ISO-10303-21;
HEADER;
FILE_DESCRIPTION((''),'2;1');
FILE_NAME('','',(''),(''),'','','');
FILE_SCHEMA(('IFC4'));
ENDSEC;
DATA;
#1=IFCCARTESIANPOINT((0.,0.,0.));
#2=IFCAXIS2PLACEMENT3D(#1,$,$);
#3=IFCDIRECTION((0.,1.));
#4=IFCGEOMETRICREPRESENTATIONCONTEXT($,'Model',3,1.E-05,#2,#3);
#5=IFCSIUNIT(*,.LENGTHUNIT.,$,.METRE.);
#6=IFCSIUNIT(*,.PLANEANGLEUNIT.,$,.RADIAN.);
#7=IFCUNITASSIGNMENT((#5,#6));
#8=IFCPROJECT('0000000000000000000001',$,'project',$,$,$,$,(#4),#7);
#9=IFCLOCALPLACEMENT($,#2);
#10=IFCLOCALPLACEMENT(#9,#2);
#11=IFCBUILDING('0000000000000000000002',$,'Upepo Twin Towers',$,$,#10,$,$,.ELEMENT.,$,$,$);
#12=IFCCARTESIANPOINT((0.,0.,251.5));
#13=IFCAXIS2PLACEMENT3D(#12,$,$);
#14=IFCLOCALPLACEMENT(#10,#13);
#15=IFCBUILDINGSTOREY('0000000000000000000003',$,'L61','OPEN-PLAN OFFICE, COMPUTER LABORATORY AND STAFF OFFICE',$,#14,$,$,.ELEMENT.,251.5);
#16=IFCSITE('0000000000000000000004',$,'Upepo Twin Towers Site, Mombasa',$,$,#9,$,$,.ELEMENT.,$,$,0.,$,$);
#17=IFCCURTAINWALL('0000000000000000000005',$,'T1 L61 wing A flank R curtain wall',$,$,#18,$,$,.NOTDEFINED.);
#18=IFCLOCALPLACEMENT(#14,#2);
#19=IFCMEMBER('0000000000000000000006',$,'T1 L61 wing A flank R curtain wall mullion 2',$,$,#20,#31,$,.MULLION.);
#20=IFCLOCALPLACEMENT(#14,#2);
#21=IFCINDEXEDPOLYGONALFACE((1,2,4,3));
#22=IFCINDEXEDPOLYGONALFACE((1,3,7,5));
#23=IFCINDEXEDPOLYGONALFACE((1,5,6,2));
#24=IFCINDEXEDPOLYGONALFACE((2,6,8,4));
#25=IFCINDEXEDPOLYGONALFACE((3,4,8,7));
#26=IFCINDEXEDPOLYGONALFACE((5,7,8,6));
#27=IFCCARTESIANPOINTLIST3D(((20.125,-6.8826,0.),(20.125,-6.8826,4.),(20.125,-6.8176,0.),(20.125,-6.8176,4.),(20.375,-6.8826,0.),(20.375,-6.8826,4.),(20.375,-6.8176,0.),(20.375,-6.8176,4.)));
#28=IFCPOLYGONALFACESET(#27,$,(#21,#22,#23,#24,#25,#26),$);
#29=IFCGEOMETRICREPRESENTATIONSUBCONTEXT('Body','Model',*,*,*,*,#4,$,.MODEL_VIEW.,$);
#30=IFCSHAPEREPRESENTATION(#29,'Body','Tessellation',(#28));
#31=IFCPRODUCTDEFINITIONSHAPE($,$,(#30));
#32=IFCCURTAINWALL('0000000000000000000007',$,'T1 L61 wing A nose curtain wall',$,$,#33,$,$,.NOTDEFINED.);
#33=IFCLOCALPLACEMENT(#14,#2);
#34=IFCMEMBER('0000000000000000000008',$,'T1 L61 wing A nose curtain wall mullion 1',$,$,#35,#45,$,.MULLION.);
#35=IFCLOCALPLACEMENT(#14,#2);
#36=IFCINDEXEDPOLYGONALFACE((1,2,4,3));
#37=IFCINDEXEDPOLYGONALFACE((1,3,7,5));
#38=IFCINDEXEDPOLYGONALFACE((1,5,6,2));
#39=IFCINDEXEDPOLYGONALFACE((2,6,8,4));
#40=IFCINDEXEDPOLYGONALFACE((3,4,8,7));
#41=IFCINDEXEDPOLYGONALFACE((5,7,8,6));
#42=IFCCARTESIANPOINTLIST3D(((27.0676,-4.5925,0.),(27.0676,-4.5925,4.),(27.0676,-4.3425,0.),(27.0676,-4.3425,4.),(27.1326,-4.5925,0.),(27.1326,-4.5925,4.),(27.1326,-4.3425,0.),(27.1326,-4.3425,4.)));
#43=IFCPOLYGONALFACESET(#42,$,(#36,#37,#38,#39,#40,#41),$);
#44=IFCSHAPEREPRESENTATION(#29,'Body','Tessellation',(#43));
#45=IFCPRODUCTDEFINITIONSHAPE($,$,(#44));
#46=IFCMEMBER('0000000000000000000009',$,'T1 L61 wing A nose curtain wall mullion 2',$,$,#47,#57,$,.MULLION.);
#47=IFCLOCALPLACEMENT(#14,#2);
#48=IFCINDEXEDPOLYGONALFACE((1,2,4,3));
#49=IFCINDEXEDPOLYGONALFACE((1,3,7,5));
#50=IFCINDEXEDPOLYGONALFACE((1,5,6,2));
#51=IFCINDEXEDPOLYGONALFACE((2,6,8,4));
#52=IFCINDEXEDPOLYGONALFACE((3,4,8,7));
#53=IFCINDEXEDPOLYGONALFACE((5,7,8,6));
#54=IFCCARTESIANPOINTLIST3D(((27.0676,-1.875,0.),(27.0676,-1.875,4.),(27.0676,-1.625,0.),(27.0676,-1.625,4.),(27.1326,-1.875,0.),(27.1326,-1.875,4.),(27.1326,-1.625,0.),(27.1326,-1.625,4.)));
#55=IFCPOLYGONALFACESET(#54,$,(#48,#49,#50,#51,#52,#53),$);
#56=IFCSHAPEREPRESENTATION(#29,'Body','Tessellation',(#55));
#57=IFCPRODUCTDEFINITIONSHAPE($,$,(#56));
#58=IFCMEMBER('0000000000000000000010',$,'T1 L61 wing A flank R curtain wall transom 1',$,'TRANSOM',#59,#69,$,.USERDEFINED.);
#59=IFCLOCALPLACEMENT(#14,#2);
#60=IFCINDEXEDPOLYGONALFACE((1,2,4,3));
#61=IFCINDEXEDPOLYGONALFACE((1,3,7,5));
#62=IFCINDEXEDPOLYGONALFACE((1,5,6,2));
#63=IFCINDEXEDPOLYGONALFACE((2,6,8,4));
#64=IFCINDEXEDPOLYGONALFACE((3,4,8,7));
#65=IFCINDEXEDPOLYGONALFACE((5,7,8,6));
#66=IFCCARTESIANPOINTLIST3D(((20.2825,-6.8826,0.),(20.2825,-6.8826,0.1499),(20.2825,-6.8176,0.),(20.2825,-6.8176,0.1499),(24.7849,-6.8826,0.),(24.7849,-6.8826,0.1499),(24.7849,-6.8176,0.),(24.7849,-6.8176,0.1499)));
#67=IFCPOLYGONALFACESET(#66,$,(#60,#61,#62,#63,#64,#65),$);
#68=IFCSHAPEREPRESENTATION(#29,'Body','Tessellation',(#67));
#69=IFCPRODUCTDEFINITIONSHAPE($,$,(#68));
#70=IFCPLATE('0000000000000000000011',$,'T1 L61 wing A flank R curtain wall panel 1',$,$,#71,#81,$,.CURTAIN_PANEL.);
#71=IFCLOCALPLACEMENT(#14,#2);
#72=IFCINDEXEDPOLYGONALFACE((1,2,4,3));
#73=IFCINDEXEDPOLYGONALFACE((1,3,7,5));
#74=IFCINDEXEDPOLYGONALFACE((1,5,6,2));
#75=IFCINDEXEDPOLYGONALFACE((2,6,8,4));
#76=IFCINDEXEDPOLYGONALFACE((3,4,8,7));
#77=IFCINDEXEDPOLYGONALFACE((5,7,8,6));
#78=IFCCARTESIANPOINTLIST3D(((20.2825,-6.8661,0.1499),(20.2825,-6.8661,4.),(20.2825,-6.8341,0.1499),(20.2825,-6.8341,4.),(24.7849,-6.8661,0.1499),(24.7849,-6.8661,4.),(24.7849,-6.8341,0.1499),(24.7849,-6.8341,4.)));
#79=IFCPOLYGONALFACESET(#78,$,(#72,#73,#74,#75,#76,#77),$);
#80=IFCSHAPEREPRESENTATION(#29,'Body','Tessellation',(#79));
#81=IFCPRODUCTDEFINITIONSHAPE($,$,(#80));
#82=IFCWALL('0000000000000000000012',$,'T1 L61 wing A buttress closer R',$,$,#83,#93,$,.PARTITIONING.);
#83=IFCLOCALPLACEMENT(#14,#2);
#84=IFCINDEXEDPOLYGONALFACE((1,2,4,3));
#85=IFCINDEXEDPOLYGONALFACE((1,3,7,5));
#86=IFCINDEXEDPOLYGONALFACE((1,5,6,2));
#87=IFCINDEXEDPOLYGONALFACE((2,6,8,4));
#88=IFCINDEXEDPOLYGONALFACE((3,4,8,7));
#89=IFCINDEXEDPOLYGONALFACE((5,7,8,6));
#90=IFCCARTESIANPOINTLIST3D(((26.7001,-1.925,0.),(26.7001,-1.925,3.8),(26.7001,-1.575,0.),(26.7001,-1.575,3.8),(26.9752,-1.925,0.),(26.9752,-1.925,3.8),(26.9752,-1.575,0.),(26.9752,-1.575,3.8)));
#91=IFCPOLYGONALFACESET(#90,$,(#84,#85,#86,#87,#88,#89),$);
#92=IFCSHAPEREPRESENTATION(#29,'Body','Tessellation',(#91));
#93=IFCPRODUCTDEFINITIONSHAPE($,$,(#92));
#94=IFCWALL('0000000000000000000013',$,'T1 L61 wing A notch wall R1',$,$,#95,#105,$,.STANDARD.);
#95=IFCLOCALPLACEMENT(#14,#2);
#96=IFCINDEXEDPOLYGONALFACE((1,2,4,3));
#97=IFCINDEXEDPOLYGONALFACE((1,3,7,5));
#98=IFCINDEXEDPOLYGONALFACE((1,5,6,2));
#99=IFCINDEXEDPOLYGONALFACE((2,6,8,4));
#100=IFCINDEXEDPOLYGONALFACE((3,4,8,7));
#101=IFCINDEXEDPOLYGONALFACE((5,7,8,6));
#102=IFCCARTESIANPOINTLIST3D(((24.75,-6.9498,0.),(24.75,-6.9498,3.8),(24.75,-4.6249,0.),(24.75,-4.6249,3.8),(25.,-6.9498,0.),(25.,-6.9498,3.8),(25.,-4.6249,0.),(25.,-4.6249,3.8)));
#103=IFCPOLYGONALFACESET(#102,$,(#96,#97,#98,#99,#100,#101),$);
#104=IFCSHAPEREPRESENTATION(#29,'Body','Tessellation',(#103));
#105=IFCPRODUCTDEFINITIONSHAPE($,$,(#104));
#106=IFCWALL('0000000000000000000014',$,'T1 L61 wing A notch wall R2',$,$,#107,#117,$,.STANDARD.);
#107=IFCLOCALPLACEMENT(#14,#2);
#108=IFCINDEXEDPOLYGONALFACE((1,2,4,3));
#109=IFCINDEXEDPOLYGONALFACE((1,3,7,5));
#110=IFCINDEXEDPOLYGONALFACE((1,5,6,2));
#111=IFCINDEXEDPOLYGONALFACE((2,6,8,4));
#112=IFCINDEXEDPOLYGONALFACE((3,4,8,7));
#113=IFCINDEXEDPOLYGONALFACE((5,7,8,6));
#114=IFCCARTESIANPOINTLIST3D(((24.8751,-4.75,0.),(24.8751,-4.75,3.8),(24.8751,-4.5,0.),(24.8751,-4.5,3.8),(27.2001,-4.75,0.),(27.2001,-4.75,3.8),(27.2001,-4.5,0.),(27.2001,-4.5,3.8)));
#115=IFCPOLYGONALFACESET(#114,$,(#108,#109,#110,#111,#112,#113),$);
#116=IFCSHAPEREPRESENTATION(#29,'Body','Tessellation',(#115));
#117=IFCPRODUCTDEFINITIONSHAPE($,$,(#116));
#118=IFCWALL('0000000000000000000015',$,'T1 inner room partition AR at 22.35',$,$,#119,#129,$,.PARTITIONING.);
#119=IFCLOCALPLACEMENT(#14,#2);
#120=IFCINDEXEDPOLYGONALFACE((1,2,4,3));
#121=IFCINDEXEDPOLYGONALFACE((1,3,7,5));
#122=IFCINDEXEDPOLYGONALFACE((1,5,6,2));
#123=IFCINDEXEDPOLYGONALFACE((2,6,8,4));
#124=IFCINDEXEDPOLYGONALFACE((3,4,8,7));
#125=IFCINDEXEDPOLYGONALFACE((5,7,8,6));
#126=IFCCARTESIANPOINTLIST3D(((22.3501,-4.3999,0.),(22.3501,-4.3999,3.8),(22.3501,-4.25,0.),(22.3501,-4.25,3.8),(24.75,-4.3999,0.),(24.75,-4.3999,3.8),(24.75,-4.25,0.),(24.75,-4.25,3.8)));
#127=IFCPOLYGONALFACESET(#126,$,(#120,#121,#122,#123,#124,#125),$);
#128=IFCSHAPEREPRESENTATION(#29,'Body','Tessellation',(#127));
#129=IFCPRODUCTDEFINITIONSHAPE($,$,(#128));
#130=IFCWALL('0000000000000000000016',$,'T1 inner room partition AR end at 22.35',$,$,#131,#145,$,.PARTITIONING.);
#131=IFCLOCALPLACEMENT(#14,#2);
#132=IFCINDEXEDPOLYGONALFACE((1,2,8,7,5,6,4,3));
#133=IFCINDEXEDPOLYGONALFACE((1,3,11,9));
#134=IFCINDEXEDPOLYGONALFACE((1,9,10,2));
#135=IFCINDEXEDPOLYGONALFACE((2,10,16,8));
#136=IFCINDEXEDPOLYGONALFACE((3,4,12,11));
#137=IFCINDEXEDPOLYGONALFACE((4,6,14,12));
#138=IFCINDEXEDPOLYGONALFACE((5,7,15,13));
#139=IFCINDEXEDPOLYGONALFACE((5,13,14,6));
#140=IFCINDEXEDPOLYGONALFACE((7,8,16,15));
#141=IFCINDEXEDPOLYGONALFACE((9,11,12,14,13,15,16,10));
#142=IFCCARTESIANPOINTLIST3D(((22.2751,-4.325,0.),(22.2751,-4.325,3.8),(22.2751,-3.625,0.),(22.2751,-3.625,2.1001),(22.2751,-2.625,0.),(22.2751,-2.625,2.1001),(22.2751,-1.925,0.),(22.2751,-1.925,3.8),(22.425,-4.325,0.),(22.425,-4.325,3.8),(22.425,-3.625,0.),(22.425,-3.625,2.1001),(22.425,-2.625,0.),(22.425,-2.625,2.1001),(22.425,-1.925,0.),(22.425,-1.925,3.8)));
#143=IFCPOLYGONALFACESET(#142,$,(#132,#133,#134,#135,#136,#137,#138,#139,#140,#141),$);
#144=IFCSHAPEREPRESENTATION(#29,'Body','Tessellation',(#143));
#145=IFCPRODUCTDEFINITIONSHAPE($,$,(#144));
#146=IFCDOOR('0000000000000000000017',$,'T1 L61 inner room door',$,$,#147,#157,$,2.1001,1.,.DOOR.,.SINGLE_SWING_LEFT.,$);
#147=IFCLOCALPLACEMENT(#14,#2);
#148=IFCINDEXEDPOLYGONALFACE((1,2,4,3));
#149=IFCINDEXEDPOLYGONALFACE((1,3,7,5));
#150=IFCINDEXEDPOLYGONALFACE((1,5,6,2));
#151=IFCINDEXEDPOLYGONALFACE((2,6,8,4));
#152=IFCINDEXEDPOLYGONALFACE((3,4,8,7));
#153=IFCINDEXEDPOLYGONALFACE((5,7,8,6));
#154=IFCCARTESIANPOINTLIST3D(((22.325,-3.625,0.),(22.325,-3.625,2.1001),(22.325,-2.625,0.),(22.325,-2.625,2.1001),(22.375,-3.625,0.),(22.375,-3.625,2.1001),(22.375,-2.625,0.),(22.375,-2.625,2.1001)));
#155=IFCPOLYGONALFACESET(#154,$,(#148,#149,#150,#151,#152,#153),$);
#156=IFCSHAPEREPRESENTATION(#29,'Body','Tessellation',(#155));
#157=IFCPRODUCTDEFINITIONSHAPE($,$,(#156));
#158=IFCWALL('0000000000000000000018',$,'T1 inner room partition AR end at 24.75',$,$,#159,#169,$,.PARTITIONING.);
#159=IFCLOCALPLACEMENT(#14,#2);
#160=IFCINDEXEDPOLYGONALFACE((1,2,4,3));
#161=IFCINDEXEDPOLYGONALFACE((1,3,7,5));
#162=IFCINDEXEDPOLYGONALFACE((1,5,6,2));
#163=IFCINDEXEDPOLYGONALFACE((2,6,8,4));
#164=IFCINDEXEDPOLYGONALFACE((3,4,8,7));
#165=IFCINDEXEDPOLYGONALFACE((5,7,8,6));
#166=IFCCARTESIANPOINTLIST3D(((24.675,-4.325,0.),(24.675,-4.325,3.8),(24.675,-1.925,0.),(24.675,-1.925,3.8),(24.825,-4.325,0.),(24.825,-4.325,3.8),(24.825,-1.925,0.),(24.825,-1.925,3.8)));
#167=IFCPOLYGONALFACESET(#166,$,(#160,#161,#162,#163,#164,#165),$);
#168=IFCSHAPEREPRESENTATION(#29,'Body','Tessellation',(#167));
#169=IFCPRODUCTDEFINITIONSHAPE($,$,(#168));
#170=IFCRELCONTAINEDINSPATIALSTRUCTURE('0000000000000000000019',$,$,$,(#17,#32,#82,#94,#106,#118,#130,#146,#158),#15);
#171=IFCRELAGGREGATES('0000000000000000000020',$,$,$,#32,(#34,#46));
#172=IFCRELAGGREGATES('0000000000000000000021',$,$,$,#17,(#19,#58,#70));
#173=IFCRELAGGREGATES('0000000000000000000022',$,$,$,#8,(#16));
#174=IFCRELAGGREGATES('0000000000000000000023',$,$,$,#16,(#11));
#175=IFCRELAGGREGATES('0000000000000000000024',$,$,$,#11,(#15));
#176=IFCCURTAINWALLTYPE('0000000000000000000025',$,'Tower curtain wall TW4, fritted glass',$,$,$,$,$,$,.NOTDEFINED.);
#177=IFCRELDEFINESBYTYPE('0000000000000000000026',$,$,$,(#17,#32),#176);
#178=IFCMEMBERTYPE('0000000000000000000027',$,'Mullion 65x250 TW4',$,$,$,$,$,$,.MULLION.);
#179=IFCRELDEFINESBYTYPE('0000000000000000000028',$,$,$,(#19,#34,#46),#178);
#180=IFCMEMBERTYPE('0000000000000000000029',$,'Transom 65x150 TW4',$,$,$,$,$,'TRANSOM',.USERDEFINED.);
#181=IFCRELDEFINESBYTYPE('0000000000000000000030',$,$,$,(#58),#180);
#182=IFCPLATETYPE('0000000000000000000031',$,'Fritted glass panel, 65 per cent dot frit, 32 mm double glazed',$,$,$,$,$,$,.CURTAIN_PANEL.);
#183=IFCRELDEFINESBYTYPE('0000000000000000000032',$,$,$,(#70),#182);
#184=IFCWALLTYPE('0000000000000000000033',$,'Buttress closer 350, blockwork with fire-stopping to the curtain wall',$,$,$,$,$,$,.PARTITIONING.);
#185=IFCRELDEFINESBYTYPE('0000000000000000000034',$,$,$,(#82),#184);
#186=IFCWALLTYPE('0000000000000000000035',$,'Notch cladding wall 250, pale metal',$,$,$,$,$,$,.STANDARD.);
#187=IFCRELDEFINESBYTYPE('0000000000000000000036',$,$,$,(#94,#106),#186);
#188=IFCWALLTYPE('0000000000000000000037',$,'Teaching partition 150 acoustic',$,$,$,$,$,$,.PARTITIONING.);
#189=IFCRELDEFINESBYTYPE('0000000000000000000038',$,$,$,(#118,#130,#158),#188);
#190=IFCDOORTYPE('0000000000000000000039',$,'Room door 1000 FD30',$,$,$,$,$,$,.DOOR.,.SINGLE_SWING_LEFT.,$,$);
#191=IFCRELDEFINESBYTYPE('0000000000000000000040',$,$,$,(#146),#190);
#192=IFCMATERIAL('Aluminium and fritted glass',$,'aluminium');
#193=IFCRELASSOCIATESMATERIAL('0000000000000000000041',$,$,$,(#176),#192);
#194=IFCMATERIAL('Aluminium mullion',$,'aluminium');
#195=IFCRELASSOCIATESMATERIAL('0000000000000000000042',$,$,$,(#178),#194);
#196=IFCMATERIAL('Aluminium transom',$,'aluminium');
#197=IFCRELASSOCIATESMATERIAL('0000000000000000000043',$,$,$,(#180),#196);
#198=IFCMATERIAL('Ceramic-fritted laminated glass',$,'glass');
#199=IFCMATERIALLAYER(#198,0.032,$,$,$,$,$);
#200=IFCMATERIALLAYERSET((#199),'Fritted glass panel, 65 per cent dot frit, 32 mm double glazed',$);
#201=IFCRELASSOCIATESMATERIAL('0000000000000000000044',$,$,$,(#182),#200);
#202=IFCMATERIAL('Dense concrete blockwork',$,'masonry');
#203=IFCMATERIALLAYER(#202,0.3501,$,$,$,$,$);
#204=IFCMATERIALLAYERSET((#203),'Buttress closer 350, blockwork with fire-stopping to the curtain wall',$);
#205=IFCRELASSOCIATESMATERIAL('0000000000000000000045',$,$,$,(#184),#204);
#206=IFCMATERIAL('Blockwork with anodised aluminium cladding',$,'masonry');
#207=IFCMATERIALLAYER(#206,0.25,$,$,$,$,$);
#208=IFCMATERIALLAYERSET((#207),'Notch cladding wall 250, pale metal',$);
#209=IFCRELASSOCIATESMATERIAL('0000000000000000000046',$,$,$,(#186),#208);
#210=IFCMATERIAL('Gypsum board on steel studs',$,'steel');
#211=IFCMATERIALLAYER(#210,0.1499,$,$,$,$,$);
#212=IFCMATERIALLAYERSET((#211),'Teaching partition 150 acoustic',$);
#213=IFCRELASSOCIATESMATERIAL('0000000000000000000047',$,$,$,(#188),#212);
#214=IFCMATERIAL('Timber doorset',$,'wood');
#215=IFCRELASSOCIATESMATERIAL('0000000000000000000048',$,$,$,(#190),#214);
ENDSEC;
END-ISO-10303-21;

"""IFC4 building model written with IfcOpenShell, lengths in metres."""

from ifc_helpers import new_model, si_unit, direction, frame, frame_2d, origin, origin_2d, place, context, subcontext, project, spatial, rectangle, extrude, material, layer, layer_set, material_profile, profile_set, type_object, element, fill, aggregate, save


model = new_model("IFC4")

# Units and contexts
model_context = context("Model", 3, precision=1e-05, world=origin(), true_north=direction((0.0, 1.0)))
body_context = subcontext(model_context, "Body", "Model", "MODEL_VIEW")
ifc_project = project(units=[si_unit("LENGTHUNIT", "METRE"), si_unit("PLANEANGLEUNIT", "RADIAN")], contexts=[model_context])

# Site, building, storey
site_placement = place(None, origin())
site = spatial("IfcSite", under=ifc_project, at=site_placement, Name="Upepo Twin Towers Site, Mombasa", CompositionType="ELEMENT", RefElevation=0.0)
building_placement = place(site_placement, origin())
building = spatial("IfcBuilding", under=site, at=building_placement, Name="Upepo Twin Towers", CompositionType="ELEMENT")
storey_placement = place(building_placement, frame((0.0, 0.0, 251.5)))
storey = spatial("IfcBuildingStorey", under=building, at=storey_placement, Name="L61", Description="OPEN-PLAN OFFICE, COMPUTER LABORATORY AND STAFF OFFICE", CompositionType="ELEMENT", Elevation=251.5)

# Curtain walls, members
ifc_material_1 = material(Name="Aluminium and fritted glass", Category="aluminium")
curtain_wall_type = type_object("IfcCurtainWallType", Name="Tower curtain wall TW4, fritted glass", PredefinedType="NOTDEFINED", material=ifc_material_1)
curtain_wall_1_placement = place(storey_placement, origin())
curtain_wall_1 = element("IfcCurtainWall", 1, at=curtain_wall_1_placement, inside=storey, type_object=curtain_wall_type, Name="T1 L61 wing A flank R curtain wall", PredefinedType="NOTDEFINED")
ifc_material_2 = material(Name="Aluminium mullion", Category="aluminium")
ifc_material_profile_1 = material_profile(ifc_material_2, rectangle(XDim=0.0649, YDim=0.25, at=origin_2d()), Name="MULLION 65x250")
ifc_profile_set_1 = profile_set([ifc_material_profile_1], Name="Aluminium mullion")
member_type_1 = type_object("IfcMemberType", Name="Mullion 65x250 TW4", PredefinedType="MULLION", material=ifc_profile_set_1)
member_1_placement = place(storey_placement, frame((20.25, -6.8501, 0.0), z_axis=(0.0, 0.0, 1.0), x_axis=(0.0, -1.0, 0.0)))
member_1 = element("IfcMember", 2, at=member_1_placement, type_object=member_type_1, Name="T1 L61 wing A flank R curtain wall mullion 2", PredefinedType="MULLION", context=body_context, shape_type="SweptSolid", body=[
    extrude(rectangle(XDim=0.0649, YDim=0.25, at=origin_2d()), origin(), (0.0, 0.0, 1.0), 4.0),
])
curtain_wall_2_placement = place(storey_placement, origin())
curtain_wall_2 = element("IfcCurtainWall", 3, at=curtain_wall_2_placement, inside=storey, type_object=curtain_wall_type, Name="T1 L61 wing A nose curtain wall", PredefinedType="NOTDEFINED")
member_2_placement = place(storey_placement, frame((27.1001, -4.4675, 0.0), z_axis=(0.0, 0.0, 1.0), x_axis=(-1.0, 0.0, 0.0)))
member_2 = element("IfcMember", 4, at=member_2_placement, type_object=member_type_1, Name="T1 L61 wing A nose curtain wall mullion 1", PredefinedType="MULLION", context=body_context, shape_type="SweptSolid", body=[
    extrude(rectangle(XDim=0.0649, YDim=0.25, at=origin_2d()), origin(), (0.0, 0.0, 1.0), 4.0),
])
member_3_placement = place(storey_placement, frame((27.1001, -1.75, 0.0), z_axis=(0.0, 0.0, 1.0), x_axis=(-1.0, 0.0, 0.0)))
member_3 = element("IfcMember", 5, at=member_3_placement, type_object=member_type_1, Name="T1 L61 wing A nose curtain wall mullion 2", PredefinedType="MULLION", context=body_context, shape_type="SweptSolid", body=[
    extrude(rectangle(XDim=0.0649, YDim=0.25, at=origin_2d()), origin(), (0.0, 0.0, 1.0), 4.0),
])
aggregate(curtain_wall_2, [member_2, member_3])

# Member
ifc_material_3 = material(Name="Aluminium transom", Category="aluminium")
ifc_material_profile_2 = material_profile(ifc_material_3, rectangle(XDim=0.0649, YDim=0.1499, at=origin_2d()), Name="TRANSOM 65x150")
ifc_profile_set_2 = profile_set([ifc_material_profile_2], Name="Aluminium transom")
member_type_2 = type_object("IfcMemberType", Name="Transom 65x150 TW4", ElementType="TRANSOM", PredefinedType="USERDEFINED", material=ifc_profile_set_2)
member_4_placement = place(storey_placement, frame((24.7849, -6.8501, 0.075), z_axis=(-1.0, 0.0, 0.0), x_axis=(0.0, -1.0, 0.0)))
member_4 = element("IfcMember", 6, at=member_4_placement, type_object=member_type_2, Name="T1 L61 wing A flank R curtain wall transom 1", ObjectType="TRANSOM", PredefinedType="USERDEFINED", context=body_context, shape_type="SweptSolid", body=[
    extrude(rectangle(XDim=0.0649, YDim=0.1499, at=origin_2d()), origin(), (0.0, 0.0, 1.0), 4.5024),
])

# Plate
ifc_material_4 = material(Name="Ceramic-fritted laminated glass", Category="glass")
ifc_layer_1 = layer(ifc_material_4, 0.032)
ifc_layer_set_1 = layer_set([ifc_layer_1], Name="Fritted glass panel, 65 per cent dot frit, 32 mm double glazed")
plate_type = type_object("IfcPlateType", Name="Fritted glass panel, 65 per cent dot frit, 32 mm double glazed", PredefinedType="CURTAIN_PANEL", material=ifc_layer_set_1)
plate_placement = place(storey_placement, frame((22.5337, -6.8501, 0.1499), z_axis=(0.0, 0.0, 1.0), x_axis=(-1.0, 0.0, 0.0)))
plate = element("IfcPlate", 7, at=plate_placement, type_object=plate_type, Name="T1 L61 wing A flank R curtain wall panel 1", PredefinedType="CURTAIN_PANEL", context=body_context, shape_type="SweptSolid", body=[
    extrude(rectangle(XDim=4.5024, YDim=0.032, at=origin_2d()), origin(), (0.0, 0.0, 1.0), 3.8501),
])
aggregate(curtain_wall_1, [member_1, member_4, plate])

# Walls
ifc_material_5 = material(Name="Dense concrete blockwork", Category="masonry")
ifc_layer_2 = layer(ifc_material_5, 0.3501)
ifc_layer_set_2 = layer_set([ifc_layer_2], Name="Buttress closer 350, blockwork with fire-stopping to the curtain wall")
wall_type_1 = type_object("IfcWallType", Name="Buttress closer 350, blockwork with fire-stopping to the curtain wall", PredefinedType="PARTITIONING", material=ifc_layer_set_2)
wall_1_placement = place(storey_placement, frame((26.7, -1.75, 0.0), z_axis=(0.0, 0.0, 1.0), x_axis=(1.0, 0.0, 0.0)))
element("IfcWall", 8, at=wall_1_placement, inside=storey, type_object=wall_type_1, Name="T1 L61 wing A buttress closer R", PredefinedType="PARTITIONING", context=body_context, shape_type="SweptSolid", body=[
    extrude(rectangle(XDim=0.2751, YDim=0.3501, at=frame_2d((0.1377, 0.0))), origin(), (0.0, 0.0, 1.0), 3.8),
])
ifc_material_6 = material(Name="Blockwork with anodised aluminium cladding", Category="masonry")
ifc_layer_3 = layer(ifc_material_6, 0.25)
ifc_layer_set_3 = layer_set([ifc_layer_3], Name="Notch cladding wall 250, pale metal")
wall_type_2 = type_object("IfcWallType", Name="Notch cladding wall 250, pale metal", PredefinedType="STANDARD", material=ifc_layer_set_3)
for number, where, z_axis, x_axis, name in (
    (9, (24.875, -6.95, 0.0), (0.0, 0.0, 1.0), (0.0, 1.0, 0.0), "T1 L61 wing A notch wall R1"),
    (10, (24.875, -4.625, 0.0), (0.0, 0.0, 1.0), (1.0, 0.0, 0.0), "T1 L61 wing A notch wall R2"),
):
    element("IfcWall", number, at=place(storey_placement, frame(where, z_axis=z_axis, x_axis=x_axis)), inside=storey, type_object=wall_type_2, Name=name, PredefinedType="STANDARD", context=body_context, shape_type="SweptSolid", body=[
        extrude(rectangle(XDim=2.325, YDim=0.25, at=frame_2d((1.1626, 0.0))), origin(), (0.0, 0.0, 1.0), 3.8),
    ])
ifc_material_7 = material(Name="Gypsum board on steel studs", Category="steel")
ifc_layer_4 = layer(ifc_material_7, 0.1499)
ifc_layer_set_4 = layer_set([ifc_layer_4], Name="Teaching partition 150 acoustic")
wall_type_3 = type_object("IfcWallType", Name="Teaching partition 150 acoustic", PredefinedType="PARTITIONING", material=ifc_layer_set_4)
wall_2_placement = place(storey_placement, frame((22.3501, -4.325, 0.0), z_axis=(0.0, 0.0, 1.0), x_axis=(1.0, 0.0, 0.0)))
element("IfcWall", 11, at=wall_2_placement, inside=storey, type_object=wall_type_3, Name="T1 inner room partition AR at 22.35", PredefinedType="PARTITIONING", context=body_context, shape_type="SweptSolid", body=[
    extrude(rectangle(XDim=2.3999, YDim=0.1499, at=frame_2d((1.2, 0.0))), origin(), (0.0, 0.0, 1.0), 3.8),
])

# Wall, opening, door
wall_3_placement = place(storey_placement, frame((22.3501, -1.925, 0.0), z_axis=(0.0, 0.0, 1.0), x_axis=(0.0, -1.0, 0.0)))
wall_3 = element("IfcWall", 12, at=wall_3_placement, inside=storey, type_object=wall_type_3, Name="T1 inner room partition AR end at 22.35", PredefinedType="PARTITIONING", context=body_context, shape_type="SweptSolid", body=[
    extrude(rectangle(XDim=2.3999, YDim=0.1499, at=frame_2d((1.2, 0.0))), origin(), (0.0, 0.0, 1.0), 3.8),
])
opening_placement = place(wall_3_placement, frame((0.7, 0.0, 0.0)))
opening = element("IfcOpeningElement", 13, at=opening_placement, cuts=wall_3, PredefinedType="OPENING", context=body_context, shape_type="SweptSolid", body=[
    extrude(rectangle(XDim=1.0, YDim=2.1001, at=frame_2d((0.5, 1.05))), frame((0.0, 0.085, 0.0), z_axis=(0.0, -1.0, 0.0), x_axis=(1.0, 0.0, 0.0)), (0.0, 0.0, 1.0), 0.1699),
])
ifc_material_8 = material(Name="Timber doorset", Category="wood")
door_type = type_object("IfcDoorType", Name="Room door 1000 FD30", OperationType="SINGLE_SWING_LEFT", PredefinedType="DOOR", material=ifc_material_8)
door_placement = place(opening_placement, origin())
door = element("IfcDoor", 14, at=door_placement, inside=storey, type_object=door_type, Name="T1 L61 inner room door", OperationType="SINGLE_SWING_LEFT", OverallHeight=2.1001, OverallWidth=1.0, PredefinedType="DOOR", context=body_context, shape_type="SweptSolid", body=[
    extrude(rectangle(XDim=1.0, YDim=2.1001, at=frame_2d((0.5, 1.05))), frame((0.0, 0.0249, 0.0), z_axis=(0.0, -1.0, 0.0), x_axis=(1.0, 0.0, 0.0)), (0.0, 0.0, 1.0), 0.05),
])
fill(opening, door)

# Wall
wall_4_placement = place(storey_placement, frame((24.75, -1.925, 0.0), z_axis=(0.0, 0.0, 1.0), x_axis=(0.0, -1.0, 0.0)))
element("IfcWall", 15, at=wall_4_placement, inside=storey, type_object=wall_type_3, Name="T1 inner room partition AR end at 24.75", PredefinedType="PARTITIONING", context=body_context, shape_type="SweptSolid", body=[
    extrude(rectangle(XDim=2.3999, YDim=0.1499, at=frame_2d((1.2, 0.0))), origin(), (0.0, 0.0, 1.0), 3.8),
])

save(model, "model.ifc")
